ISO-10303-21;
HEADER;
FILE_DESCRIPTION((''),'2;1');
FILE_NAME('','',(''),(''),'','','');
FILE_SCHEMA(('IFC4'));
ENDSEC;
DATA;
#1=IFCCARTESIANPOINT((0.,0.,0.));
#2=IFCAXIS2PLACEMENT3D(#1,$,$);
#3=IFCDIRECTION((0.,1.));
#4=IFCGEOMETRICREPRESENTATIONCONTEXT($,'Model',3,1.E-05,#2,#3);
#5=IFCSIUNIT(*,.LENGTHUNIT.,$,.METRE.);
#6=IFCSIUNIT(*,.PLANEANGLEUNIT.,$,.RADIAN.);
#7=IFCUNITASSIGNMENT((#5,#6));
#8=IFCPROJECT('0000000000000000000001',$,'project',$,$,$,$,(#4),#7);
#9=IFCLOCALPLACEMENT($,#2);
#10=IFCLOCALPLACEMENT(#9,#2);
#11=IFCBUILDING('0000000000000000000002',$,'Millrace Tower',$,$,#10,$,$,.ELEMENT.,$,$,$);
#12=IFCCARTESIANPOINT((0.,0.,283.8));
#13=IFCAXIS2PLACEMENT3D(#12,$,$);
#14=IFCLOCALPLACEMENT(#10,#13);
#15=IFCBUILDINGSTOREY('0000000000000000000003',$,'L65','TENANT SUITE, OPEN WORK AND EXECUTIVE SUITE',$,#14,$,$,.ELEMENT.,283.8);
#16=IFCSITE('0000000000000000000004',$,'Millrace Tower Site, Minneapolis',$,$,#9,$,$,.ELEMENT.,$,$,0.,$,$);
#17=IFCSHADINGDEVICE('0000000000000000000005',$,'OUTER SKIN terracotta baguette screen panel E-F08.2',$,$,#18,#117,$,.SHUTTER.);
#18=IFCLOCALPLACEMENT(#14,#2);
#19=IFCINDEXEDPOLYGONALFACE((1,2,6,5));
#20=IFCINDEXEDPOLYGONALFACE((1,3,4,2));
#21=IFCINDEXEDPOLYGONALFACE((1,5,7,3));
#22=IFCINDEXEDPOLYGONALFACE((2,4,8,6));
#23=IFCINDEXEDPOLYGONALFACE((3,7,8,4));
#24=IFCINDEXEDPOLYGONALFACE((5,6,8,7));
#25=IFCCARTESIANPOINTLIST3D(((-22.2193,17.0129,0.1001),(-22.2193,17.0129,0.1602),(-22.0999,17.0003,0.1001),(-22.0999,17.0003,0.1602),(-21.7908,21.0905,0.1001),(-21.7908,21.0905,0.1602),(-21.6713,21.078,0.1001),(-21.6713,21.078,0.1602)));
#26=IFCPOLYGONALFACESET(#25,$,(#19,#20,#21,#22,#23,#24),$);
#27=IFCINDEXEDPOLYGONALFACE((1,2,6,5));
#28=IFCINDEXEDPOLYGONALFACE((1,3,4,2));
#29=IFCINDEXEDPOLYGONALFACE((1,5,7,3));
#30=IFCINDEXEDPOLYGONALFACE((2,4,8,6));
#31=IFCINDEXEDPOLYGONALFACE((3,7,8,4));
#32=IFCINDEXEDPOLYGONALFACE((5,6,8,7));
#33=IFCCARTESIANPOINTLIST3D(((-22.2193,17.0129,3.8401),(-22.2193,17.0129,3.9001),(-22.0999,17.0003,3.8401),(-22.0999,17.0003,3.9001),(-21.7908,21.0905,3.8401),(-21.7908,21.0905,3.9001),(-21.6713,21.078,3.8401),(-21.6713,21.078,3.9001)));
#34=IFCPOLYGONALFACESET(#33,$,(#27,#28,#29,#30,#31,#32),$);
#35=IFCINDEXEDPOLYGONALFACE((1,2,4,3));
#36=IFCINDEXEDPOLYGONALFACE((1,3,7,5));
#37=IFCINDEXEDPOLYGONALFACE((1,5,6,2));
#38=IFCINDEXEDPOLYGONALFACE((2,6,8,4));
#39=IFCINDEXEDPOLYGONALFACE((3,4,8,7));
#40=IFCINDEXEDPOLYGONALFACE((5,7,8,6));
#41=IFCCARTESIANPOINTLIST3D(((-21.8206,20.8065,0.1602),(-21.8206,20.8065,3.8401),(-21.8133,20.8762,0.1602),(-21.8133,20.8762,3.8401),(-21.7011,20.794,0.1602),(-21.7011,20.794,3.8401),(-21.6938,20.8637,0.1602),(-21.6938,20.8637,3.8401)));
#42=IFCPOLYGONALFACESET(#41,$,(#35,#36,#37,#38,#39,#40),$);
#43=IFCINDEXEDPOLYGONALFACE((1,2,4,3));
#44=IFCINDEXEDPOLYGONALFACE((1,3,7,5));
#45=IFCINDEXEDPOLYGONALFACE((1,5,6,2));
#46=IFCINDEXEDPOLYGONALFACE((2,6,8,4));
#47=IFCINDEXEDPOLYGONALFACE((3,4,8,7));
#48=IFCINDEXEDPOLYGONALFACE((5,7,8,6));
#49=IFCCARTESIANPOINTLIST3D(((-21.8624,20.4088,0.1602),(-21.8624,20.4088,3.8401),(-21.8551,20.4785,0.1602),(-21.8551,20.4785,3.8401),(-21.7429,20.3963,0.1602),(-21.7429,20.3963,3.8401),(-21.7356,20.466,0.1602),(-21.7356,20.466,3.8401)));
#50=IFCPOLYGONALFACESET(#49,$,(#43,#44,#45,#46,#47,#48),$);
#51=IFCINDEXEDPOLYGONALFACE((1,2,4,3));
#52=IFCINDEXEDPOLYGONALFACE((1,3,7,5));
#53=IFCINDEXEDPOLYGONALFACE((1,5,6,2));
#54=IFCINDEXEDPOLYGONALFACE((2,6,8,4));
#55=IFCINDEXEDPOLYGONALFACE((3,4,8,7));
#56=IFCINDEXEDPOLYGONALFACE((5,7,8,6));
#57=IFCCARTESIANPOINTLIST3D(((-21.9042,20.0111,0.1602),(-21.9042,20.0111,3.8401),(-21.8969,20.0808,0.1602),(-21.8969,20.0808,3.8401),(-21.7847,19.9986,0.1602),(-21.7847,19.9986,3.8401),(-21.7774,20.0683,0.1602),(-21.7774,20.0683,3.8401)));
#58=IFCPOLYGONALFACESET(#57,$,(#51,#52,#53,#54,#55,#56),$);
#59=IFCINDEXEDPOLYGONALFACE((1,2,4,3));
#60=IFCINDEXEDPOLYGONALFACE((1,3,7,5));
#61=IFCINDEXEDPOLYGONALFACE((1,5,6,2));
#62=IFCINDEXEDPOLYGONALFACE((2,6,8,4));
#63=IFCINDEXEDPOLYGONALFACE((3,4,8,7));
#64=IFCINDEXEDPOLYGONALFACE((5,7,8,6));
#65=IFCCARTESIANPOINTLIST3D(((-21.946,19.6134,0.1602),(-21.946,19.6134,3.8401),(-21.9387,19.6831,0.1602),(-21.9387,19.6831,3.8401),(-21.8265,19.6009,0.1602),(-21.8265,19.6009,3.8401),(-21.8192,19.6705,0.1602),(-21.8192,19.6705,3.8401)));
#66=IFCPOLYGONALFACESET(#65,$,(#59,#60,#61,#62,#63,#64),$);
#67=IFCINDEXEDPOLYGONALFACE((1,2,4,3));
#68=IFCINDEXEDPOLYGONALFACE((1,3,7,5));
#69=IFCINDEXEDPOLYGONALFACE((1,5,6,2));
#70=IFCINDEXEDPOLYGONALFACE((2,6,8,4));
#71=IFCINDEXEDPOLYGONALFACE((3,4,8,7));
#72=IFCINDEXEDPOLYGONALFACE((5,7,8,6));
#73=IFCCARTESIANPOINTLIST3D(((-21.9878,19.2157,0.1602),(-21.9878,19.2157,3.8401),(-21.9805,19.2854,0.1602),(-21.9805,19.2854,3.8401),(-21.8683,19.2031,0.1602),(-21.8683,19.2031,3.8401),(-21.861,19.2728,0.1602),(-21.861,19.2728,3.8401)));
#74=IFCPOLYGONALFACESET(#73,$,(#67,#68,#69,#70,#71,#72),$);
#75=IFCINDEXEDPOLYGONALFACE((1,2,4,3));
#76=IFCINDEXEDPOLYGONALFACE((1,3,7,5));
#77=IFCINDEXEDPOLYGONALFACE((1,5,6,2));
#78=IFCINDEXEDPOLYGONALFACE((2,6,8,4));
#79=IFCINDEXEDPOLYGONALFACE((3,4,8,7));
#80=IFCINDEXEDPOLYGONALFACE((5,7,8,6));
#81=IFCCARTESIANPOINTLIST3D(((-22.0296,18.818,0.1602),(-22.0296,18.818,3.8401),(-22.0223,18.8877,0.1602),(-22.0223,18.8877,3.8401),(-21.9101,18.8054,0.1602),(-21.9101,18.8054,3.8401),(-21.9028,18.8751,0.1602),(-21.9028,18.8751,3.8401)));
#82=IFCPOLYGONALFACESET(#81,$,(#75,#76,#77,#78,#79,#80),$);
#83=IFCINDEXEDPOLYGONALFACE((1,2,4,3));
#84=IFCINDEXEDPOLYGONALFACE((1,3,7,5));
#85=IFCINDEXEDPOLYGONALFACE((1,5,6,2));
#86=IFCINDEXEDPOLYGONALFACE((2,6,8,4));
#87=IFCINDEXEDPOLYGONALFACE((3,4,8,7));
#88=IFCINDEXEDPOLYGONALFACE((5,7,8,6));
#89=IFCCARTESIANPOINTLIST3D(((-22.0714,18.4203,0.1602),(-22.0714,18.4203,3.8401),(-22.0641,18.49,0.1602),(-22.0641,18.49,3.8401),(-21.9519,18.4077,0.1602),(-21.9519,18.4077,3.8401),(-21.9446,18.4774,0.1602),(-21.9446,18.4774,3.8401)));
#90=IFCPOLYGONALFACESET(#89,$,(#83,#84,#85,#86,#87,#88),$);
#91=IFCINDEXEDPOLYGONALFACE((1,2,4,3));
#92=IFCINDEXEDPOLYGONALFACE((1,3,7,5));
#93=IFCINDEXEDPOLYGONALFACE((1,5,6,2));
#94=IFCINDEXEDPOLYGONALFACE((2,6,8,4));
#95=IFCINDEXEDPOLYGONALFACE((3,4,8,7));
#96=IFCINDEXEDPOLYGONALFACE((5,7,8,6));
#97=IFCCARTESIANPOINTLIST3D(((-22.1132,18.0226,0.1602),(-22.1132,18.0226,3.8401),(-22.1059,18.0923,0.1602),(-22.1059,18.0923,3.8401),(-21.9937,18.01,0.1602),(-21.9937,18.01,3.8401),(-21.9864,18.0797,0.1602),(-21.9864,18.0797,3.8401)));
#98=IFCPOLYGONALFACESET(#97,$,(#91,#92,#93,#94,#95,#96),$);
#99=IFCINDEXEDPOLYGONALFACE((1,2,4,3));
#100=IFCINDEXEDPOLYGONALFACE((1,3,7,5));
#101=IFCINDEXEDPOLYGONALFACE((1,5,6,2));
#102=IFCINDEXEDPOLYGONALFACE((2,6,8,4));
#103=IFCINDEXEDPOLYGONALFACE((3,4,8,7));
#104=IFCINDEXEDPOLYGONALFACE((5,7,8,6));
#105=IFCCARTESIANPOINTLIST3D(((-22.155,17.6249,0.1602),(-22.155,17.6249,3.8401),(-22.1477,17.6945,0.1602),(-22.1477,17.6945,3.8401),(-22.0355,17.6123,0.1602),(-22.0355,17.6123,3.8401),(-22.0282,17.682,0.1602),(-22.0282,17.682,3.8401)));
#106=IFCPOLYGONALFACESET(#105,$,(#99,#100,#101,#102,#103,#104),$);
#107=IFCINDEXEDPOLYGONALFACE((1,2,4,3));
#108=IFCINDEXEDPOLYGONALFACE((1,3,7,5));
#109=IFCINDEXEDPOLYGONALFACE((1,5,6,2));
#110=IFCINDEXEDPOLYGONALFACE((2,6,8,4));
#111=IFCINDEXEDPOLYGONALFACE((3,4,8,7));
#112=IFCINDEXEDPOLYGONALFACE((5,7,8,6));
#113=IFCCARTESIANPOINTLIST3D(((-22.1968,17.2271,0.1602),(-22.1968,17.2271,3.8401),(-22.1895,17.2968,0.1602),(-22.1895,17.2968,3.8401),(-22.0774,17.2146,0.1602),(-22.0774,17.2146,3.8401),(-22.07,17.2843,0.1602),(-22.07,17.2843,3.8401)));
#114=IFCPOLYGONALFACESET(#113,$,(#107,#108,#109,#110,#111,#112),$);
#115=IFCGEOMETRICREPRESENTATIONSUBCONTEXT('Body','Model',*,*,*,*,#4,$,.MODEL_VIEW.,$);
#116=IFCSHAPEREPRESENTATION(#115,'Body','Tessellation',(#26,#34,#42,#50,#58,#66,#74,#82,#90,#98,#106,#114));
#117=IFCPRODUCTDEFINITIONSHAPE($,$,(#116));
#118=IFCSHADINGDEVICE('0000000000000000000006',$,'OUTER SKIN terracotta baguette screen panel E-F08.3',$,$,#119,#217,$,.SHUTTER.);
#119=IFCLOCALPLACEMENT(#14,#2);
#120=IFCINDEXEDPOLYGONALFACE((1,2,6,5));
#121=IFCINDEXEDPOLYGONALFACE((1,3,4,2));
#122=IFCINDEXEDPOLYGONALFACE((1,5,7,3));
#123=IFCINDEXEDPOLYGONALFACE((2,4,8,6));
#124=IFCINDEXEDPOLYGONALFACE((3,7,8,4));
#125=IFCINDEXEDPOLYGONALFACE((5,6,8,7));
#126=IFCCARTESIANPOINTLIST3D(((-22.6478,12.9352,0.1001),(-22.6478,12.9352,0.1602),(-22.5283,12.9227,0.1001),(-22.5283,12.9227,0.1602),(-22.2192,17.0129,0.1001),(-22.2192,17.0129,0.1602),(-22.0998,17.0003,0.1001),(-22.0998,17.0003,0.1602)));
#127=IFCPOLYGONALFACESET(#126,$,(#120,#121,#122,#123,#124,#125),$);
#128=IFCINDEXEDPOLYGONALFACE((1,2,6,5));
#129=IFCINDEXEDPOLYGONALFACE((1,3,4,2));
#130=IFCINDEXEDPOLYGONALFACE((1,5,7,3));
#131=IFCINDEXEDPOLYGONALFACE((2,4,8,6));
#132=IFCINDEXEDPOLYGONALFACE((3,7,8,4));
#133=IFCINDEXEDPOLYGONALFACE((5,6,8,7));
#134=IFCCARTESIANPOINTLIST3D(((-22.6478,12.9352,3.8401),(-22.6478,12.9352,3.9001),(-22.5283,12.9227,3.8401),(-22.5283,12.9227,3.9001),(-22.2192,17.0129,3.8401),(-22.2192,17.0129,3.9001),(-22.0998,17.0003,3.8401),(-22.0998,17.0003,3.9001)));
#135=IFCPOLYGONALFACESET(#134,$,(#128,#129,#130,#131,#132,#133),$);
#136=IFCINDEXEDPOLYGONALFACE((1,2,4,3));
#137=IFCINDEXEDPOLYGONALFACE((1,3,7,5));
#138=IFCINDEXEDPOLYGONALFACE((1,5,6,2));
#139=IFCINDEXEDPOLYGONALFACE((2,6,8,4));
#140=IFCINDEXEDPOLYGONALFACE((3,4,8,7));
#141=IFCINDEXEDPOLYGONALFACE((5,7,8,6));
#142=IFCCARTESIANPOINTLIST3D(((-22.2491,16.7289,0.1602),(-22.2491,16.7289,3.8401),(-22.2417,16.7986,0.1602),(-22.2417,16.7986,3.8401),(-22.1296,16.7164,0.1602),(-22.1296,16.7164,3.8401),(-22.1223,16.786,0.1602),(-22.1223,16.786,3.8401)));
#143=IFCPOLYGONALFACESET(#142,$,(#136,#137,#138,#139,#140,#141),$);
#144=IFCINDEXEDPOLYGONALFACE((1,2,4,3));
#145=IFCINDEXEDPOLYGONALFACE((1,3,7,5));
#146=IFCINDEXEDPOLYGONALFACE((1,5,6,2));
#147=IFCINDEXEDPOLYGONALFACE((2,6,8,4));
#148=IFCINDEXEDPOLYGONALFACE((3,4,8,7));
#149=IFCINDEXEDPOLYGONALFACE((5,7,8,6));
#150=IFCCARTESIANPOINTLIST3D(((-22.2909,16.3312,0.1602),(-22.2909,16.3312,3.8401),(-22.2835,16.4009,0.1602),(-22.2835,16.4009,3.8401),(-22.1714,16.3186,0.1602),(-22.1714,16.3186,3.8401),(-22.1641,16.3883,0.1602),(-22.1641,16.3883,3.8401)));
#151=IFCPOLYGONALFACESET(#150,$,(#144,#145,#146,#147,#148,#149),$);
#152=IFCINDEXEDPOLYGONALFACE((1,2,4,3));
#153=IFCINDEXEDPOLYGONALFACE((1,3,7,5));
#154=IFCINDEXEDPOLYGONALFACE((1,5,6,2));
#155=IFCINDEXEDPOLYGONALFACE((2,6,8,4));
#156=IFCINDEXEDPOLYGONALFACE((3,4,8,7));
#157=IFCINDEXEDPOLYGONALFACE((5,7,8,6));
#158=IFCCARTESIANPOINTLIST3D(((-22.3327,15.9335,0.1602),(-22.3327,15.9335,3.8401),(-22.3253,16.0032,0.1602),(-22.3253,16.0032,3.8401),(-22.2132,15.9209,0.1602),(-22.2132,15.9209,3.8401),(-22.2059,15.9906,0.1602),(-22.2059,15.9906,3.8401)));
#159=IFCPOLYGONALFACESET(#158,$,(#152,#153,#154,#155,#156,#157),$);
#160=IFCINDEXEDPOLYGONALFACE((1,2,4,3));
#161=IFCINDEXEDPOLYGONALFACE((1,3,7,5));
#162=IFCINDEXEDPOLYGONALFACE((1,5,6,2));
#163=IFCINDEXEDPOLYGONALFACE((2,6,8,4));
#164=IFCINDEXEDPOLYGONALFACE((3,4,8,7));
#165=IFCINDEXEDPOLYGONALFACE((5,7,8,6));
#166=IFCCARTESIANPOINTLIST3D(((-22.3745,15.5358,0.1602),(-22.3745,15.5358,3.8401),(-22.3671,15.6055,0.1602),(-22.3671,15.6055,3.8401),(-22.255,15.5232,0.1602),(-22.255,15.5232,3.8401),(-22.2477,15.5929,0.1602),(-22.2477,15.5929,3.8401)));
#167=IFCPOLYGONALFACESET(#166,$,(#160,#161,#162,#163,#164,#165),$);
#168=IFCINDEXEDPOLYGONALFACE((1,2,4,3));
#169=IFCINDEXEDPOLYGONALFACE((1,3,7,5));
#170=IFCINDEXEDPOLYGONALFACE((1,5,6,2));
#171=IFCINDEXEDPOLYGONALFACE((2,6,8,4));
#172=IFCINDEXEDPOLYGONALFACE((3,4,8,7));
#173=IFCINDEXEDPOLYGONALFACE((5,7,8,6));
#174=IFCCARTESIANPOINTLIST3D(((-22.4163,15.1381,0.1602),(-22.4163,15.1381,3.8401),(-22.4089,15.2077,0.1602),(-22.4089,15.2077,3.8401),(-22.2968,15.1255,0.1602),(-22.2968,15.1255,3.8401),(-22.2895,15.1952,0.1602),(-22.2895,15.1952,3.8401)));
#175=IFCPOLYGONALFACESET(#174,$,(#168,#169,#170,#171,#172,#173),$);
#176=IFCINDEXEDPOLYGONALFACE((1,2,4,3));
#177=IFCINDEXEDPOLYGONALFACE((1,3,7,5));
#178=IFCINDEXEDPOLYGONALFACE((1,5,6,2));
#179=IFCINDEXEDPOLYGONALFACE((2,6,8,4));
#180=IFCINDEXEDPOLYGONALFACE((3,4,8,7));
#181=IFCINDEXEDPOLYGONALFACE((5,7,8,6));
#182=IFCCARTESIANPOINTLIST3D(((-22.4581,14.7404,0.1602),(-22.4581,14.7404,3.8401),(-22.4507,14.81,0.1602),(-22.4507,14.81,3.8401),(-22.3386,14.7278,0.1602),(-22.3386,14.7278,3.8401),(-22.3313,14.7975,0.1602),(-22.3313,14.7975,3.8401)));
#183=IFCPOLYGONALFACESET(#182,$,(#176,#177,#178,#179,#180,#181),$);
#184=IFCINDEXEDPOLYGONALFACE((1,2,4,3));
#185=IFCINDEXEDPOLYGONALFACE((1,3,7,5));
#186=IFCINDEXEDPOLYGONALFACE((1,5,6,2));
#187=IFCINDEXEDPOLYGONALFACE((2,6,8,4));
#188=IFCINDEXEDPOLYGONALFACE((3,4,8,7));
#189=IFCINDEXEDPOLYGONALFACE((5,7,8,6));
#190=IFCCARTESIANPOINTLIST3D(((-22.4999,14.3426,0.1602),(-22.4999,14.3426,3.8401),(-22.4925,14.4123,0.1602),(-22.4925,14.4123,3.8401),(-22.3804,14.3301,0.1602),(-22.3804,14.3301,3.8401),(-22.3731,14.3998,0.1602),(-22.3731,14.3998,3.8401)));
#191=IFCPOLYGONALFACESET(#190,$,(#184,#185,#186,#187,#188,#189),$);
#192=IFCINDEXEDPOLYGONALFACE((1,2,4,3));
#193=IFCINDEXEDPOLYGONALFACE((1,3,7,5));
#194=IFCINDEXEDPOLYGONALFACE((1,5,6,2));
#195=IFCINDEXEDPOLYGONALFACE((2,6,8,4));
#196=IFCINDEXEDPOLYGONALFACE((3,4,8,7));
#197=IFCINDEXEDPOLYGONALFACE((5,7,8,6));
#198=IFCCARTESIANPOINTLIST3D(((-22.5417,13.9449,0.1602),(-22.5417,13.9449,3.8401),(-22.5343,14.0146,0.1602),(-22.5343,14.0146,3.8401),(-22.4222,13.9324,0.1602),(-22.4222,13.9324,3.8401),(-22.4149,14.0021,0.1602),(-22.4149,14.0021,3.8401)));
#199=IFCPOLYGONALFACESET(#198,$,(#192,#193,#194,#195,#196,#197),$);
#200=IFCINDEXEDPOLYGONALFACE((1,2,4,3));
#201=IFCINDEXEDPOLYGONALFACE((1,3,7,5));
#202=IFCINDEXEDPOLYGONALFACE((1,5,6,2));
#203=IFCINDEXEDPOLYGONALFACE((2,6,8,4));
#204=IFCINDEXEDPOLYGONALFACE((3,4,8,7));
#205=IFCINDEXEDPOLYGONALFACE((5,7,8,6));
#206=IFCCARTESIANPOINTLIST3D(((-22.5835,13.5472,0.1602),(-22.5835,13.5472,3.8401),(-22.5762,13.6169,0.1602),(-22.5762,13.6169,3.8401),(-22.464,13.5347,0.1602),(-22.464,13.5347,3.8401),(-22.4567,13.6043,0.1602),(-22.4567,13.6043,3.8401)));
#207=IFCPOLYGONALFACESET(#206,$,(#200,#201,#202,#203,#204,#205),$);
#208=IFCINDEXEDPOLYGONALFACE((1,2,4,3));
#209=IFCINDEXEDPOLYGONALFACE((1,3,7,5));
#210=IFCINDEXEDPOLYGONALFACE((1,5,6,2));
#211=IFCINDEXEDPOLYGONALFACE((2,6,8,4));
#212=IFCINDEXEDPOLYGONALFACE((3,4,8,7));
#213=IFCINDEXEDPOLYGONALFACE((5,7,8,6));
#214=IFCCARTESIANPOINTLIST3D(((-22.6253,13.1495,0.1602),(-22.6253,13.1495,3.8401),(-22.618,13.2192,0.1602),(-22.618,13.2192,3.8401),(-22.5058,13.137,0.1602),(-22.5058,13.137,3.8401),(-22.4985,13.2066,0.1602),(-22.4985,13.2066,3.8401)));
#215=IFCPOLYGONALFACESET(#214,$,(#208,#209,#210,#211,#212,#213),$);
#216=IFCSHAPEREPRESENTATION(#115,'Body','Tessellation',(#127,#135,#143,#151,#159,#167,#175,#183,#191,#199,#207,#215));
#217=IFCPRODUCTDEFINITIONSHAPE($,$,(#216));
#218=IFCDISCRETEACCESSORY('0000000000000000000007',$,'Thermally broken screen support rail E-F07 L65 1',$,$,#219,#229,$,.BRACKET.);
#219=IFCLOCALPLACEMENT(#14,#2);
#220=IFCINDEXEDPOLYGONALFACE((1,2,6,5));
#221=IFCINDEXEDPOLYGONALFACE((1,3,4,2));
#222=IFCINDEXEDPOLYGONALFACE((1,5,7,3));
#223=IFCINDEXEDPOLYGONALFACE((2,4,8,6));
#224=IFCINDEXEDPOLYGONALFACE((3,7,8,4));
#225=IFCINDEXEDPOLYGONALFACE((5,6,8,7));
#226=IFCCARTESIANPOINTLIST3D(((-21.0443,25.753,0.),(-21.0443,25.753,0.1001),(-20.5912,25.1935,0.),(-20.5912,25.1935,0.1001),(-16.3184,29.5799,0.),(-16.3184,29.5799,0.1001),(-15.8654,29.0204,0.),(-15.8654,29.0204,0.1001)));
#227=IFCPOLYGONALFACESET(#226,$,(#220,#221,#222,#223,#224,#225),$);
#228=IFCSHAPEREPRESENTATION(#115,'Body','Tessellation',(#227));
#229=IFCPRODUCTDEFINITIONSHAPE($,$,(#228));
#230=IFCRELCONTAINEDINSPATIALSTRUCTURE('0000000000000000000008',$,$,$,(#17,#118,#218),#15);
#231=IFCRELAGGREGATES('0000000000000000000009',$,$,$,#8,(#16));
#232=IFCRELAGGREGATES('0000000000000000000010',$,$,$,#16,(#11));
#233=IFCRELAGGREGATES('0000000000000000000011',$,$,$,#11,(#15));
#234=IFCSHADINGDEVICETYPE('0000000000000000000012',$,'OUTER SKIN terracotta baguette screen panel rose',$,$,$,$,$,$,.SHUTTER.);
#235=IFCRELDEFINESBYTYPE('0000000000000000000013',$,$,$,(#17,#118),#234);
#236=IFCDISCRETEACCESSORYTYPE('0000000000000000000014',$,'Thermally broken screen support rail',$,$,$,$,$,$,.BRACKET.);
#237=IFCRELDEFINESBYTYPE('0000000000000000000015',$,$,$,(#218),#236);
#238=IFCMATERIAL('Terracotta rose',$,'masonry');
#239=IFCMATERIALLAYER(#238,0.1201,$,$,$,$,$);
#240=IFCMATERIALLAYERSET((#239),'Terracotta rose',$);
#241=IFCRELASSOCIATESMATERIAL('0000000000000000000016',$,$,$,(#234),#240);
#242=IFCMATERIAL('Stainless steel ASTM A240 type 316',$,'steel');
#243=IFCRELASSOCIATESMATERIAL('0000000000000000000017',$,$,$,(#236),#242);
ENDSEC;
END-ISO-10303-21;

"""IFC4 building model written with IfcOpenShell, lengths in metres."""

from ifc_helpers import new_model, entity, si_unit, direction, frame, frame_2d, origin, origin_2d, place, context, subcontext, project, spatial, rectangle, extrude, source, transform, mapped, material, layer, layer_set, type_object, element, save


model = new_model("IFC4")

# Units and contexts
model_context = context("Model", 3, precision=1e-05, world=origin(), true_north=direction((0.0, 1.0)))
body_context = subcontext(model_context, "Body", "Model", "MODEL_VIEW")
ifc_project = project(units=[si_unit("LENGTHUNIT", "METRE"), si_unit("PLANEANGLEUNIT", "RADIAN")], contexts=[model_context])

# Site, building, storey
site_placement = place(None, origin())
site = spatial("IfcSite", under=ifc_project, at=site_placement, Name="Millrace Tower Site, Minneapolis", CompositionType="ELEMENT", RefElevation=0.0)
building_placement = place(site_placement, origin())
building = spatial("IfcBuilding", under=site, at=building_placement, Name="Millrace Tower", CompositionType="ELEMENT")
storey_placement = place(building_placement, frame((0.0, 0.0, 283.8)))
storey = spatial("IfcBuildingStorey", under=building, at=storey_placement, Name="L65", Description="TENANT SUITE, OPEN WORK AND EXECUTIVE SUITE", CompositionType="ELEMENT", Elevation=283.8)

# Shading devices
ifc_material_1 = material(Name="Terracotta rose", Category="masonry")
ifc_layer_1 = layer(ifc_material_1, 0.1201)
ifc_layer_set_1 = layer_set([ifc_layer_1], Name="Terracotta rose")
shading_device_type = type_object("IfcShadingDeviceType", Name="OUTER SKIN terracotta baguette screen panel rose", PredefinedType="SHUTTER", material=ifc_layer_set_1)
cartesian_point_1 = entity("IfcCartesianPoint", [-2.05, 0.0601])
shared_polyline_1 = entity("IfcPolyline", [cartesian_point_1, entity("IfcCartesianPoint", [2.05, 0.0601]), entity("IfcCartesianPoint", [2.05, -0.0601]), entity("IfcCartesianPoint", [-2.05, -0.0601]), cartesian_point_1])
shared_shape_1 = source(origin(), body_context, "Body", "SweptSolid", [
    entity("IfcExtrudedAreaSolid", entity("IfcArbitraryClosedProfileDef", "AREA", None, shared_polyline_1), entity("IfcAxis2Placement3D", entity("IfcCartesianPoint", [0.0, 0.0, 0.0])), entity("IfcDirection", [0.0, 0.0, 1.0]), 0.0601),
    entity("IfcExtrudedAreaSolid", entity("IfcArbitraryClosedProfileDef", "AREA", None, shared_polyline_1), entity("IfcAxis2Placement3D", entity("IfcCartesianPoint", [0.0, 0.0, 3.74])), entity("IfcDirection", [0.0, 0.0, 1.0]), 0.0601),
    extrude(rectangle(XDim=0.0701, YDim=0.1201, at=frame_2d((-1.7996, 0.0))), frame((0.0, 0.0, 0.0601)), (0.0, 0.0, 1.0), 3.6799),
    extrude(rectangle(XDim=0.0701, YDim=0.1201, at=frame_2d((-1.3997, 0.0))), frame((0.0, 0.0, 0.0601)), (0.0, 0.0, 1.0), 3.6799),
    extrude(rectangle(XDim=0.0701, YDim=0.1201, at=frame_2d((-0.9998, 0.0))), frame((0.0, 0.0, 0.0601)), (0.0, 0.0, 1.0), 3.6799),
    extrude(rectangle(XDim=0.0701, YDim=0.1201, at=frame_2d((-0.5999, 0.0))), frame((0.0, 0.0, 0.0601)), (0.0, 0.0, 1.0), 3.6799),
    extrude(rectangle(XDim=0.0701, YDim=0.1201, at=frame_2d((-0.2, 0.0))), frame((0.0, 0.0, 0.0601)), (0.0, 0.0, 1.0), 3.6799),
    extrude(rectangle(XDim=0.0701, YDim=0.1201, at=frame_2d((0.2, 0.0))), frame((0.0, 0.0, 0.0601)), (0.0, 0.0, 1.0), 3.6799),
    extrude(rectangle(XDim=0.0701, YDim=0.1201, at=frame_2d((0.5999, 0.0))), frame((0.0, 0.0, 0.0601)), (0.0, 0.0, 1.0), 3.6799),
    extrude(rectangle(XDim=0.0701, YDim=0.1201, at=frame_2d((0.9998, 0.0))), frame((0.0, 0.0, 0.0601)), (0.0, 0.0, 1.0), 3.6799),
    extrude(rectangle(XDim=0.0701, YDim=0.1201, at=frame_2d((1.3997, 0.0))), frame((0.0, 0.0, 0.0601)), (0.0, 0.0, 1.0), 3.6799),
    extrude(rectangle(XDim=0.0701, YDim=0.1201, at=frame_2d((1.7996, 0.0))), frame((0.0, 0.0, 0.0601)), (0.0, 0.0, 1.0), 3.6799),
])
for number, where, z_axis, x_axis, name in (
    (1, (-21.9453, 19.0454, 0.1001), (0.0, 0.0, 1.0), (-0.104528, -0.994522, 0.0), "OUTER SKIN terracotta baguette screen panel E-F08.2"),
    (2, (-22.3738, 14.9678, 0.1001), (0.0, 0.0, 1.0), (-0.104528, -0.994522, 0.0), "OUTER SKIN terracotta baguette screen panel E-F08.3"),
):
    element("IfcShadingDevice", number, at=place(storey_placement, frame(where, z_axis=z_axis, x_axis=x_axis)), inside=storey, type_object=shading_device_type, Name=name, PredefinedType="SHUTTER", context=body_context, shape_type="MappedRepresentation", body=[
        mapped(shared_shape_1, transform((0.0, 0.0, 0.0), scale=1.0)),
    ])

# Discrete accessory
ifc_material_2 = material(Name="Stainless steel ASTM A240 type 316", Category="steel")
discrete_accessory_type = type_object("IfcDiscreteAccessoryType", Name="Thermally broken screen support rail", PredefinedType="BRACKET", material=ifc_material_2)
discrete_accessory_placement = place(storey_placement, frame((-18.4548, 27.3867, 0.0), z_axis=(0.0, 0.0, 1.0), x_axis=(-0.777146, -0.62932, 0.0)))
element("IfcDiscreteAccessory", 3, at=discrete_accessory_placement, inside=storey, type_object=discrete_accessory_type, Name="Thermally broken screen support rail E-F07 L65 1", PredefinedType="BRACKET", context=body_context, shape_type="SweptSolid", body=[
    extrude(rectangle(XDim=6.0811, YDim=0.72, at=origin_2d()), origin(), (0.0, 0.0, 1.0), 0.1001),
])

save(model, "model.ifc")
